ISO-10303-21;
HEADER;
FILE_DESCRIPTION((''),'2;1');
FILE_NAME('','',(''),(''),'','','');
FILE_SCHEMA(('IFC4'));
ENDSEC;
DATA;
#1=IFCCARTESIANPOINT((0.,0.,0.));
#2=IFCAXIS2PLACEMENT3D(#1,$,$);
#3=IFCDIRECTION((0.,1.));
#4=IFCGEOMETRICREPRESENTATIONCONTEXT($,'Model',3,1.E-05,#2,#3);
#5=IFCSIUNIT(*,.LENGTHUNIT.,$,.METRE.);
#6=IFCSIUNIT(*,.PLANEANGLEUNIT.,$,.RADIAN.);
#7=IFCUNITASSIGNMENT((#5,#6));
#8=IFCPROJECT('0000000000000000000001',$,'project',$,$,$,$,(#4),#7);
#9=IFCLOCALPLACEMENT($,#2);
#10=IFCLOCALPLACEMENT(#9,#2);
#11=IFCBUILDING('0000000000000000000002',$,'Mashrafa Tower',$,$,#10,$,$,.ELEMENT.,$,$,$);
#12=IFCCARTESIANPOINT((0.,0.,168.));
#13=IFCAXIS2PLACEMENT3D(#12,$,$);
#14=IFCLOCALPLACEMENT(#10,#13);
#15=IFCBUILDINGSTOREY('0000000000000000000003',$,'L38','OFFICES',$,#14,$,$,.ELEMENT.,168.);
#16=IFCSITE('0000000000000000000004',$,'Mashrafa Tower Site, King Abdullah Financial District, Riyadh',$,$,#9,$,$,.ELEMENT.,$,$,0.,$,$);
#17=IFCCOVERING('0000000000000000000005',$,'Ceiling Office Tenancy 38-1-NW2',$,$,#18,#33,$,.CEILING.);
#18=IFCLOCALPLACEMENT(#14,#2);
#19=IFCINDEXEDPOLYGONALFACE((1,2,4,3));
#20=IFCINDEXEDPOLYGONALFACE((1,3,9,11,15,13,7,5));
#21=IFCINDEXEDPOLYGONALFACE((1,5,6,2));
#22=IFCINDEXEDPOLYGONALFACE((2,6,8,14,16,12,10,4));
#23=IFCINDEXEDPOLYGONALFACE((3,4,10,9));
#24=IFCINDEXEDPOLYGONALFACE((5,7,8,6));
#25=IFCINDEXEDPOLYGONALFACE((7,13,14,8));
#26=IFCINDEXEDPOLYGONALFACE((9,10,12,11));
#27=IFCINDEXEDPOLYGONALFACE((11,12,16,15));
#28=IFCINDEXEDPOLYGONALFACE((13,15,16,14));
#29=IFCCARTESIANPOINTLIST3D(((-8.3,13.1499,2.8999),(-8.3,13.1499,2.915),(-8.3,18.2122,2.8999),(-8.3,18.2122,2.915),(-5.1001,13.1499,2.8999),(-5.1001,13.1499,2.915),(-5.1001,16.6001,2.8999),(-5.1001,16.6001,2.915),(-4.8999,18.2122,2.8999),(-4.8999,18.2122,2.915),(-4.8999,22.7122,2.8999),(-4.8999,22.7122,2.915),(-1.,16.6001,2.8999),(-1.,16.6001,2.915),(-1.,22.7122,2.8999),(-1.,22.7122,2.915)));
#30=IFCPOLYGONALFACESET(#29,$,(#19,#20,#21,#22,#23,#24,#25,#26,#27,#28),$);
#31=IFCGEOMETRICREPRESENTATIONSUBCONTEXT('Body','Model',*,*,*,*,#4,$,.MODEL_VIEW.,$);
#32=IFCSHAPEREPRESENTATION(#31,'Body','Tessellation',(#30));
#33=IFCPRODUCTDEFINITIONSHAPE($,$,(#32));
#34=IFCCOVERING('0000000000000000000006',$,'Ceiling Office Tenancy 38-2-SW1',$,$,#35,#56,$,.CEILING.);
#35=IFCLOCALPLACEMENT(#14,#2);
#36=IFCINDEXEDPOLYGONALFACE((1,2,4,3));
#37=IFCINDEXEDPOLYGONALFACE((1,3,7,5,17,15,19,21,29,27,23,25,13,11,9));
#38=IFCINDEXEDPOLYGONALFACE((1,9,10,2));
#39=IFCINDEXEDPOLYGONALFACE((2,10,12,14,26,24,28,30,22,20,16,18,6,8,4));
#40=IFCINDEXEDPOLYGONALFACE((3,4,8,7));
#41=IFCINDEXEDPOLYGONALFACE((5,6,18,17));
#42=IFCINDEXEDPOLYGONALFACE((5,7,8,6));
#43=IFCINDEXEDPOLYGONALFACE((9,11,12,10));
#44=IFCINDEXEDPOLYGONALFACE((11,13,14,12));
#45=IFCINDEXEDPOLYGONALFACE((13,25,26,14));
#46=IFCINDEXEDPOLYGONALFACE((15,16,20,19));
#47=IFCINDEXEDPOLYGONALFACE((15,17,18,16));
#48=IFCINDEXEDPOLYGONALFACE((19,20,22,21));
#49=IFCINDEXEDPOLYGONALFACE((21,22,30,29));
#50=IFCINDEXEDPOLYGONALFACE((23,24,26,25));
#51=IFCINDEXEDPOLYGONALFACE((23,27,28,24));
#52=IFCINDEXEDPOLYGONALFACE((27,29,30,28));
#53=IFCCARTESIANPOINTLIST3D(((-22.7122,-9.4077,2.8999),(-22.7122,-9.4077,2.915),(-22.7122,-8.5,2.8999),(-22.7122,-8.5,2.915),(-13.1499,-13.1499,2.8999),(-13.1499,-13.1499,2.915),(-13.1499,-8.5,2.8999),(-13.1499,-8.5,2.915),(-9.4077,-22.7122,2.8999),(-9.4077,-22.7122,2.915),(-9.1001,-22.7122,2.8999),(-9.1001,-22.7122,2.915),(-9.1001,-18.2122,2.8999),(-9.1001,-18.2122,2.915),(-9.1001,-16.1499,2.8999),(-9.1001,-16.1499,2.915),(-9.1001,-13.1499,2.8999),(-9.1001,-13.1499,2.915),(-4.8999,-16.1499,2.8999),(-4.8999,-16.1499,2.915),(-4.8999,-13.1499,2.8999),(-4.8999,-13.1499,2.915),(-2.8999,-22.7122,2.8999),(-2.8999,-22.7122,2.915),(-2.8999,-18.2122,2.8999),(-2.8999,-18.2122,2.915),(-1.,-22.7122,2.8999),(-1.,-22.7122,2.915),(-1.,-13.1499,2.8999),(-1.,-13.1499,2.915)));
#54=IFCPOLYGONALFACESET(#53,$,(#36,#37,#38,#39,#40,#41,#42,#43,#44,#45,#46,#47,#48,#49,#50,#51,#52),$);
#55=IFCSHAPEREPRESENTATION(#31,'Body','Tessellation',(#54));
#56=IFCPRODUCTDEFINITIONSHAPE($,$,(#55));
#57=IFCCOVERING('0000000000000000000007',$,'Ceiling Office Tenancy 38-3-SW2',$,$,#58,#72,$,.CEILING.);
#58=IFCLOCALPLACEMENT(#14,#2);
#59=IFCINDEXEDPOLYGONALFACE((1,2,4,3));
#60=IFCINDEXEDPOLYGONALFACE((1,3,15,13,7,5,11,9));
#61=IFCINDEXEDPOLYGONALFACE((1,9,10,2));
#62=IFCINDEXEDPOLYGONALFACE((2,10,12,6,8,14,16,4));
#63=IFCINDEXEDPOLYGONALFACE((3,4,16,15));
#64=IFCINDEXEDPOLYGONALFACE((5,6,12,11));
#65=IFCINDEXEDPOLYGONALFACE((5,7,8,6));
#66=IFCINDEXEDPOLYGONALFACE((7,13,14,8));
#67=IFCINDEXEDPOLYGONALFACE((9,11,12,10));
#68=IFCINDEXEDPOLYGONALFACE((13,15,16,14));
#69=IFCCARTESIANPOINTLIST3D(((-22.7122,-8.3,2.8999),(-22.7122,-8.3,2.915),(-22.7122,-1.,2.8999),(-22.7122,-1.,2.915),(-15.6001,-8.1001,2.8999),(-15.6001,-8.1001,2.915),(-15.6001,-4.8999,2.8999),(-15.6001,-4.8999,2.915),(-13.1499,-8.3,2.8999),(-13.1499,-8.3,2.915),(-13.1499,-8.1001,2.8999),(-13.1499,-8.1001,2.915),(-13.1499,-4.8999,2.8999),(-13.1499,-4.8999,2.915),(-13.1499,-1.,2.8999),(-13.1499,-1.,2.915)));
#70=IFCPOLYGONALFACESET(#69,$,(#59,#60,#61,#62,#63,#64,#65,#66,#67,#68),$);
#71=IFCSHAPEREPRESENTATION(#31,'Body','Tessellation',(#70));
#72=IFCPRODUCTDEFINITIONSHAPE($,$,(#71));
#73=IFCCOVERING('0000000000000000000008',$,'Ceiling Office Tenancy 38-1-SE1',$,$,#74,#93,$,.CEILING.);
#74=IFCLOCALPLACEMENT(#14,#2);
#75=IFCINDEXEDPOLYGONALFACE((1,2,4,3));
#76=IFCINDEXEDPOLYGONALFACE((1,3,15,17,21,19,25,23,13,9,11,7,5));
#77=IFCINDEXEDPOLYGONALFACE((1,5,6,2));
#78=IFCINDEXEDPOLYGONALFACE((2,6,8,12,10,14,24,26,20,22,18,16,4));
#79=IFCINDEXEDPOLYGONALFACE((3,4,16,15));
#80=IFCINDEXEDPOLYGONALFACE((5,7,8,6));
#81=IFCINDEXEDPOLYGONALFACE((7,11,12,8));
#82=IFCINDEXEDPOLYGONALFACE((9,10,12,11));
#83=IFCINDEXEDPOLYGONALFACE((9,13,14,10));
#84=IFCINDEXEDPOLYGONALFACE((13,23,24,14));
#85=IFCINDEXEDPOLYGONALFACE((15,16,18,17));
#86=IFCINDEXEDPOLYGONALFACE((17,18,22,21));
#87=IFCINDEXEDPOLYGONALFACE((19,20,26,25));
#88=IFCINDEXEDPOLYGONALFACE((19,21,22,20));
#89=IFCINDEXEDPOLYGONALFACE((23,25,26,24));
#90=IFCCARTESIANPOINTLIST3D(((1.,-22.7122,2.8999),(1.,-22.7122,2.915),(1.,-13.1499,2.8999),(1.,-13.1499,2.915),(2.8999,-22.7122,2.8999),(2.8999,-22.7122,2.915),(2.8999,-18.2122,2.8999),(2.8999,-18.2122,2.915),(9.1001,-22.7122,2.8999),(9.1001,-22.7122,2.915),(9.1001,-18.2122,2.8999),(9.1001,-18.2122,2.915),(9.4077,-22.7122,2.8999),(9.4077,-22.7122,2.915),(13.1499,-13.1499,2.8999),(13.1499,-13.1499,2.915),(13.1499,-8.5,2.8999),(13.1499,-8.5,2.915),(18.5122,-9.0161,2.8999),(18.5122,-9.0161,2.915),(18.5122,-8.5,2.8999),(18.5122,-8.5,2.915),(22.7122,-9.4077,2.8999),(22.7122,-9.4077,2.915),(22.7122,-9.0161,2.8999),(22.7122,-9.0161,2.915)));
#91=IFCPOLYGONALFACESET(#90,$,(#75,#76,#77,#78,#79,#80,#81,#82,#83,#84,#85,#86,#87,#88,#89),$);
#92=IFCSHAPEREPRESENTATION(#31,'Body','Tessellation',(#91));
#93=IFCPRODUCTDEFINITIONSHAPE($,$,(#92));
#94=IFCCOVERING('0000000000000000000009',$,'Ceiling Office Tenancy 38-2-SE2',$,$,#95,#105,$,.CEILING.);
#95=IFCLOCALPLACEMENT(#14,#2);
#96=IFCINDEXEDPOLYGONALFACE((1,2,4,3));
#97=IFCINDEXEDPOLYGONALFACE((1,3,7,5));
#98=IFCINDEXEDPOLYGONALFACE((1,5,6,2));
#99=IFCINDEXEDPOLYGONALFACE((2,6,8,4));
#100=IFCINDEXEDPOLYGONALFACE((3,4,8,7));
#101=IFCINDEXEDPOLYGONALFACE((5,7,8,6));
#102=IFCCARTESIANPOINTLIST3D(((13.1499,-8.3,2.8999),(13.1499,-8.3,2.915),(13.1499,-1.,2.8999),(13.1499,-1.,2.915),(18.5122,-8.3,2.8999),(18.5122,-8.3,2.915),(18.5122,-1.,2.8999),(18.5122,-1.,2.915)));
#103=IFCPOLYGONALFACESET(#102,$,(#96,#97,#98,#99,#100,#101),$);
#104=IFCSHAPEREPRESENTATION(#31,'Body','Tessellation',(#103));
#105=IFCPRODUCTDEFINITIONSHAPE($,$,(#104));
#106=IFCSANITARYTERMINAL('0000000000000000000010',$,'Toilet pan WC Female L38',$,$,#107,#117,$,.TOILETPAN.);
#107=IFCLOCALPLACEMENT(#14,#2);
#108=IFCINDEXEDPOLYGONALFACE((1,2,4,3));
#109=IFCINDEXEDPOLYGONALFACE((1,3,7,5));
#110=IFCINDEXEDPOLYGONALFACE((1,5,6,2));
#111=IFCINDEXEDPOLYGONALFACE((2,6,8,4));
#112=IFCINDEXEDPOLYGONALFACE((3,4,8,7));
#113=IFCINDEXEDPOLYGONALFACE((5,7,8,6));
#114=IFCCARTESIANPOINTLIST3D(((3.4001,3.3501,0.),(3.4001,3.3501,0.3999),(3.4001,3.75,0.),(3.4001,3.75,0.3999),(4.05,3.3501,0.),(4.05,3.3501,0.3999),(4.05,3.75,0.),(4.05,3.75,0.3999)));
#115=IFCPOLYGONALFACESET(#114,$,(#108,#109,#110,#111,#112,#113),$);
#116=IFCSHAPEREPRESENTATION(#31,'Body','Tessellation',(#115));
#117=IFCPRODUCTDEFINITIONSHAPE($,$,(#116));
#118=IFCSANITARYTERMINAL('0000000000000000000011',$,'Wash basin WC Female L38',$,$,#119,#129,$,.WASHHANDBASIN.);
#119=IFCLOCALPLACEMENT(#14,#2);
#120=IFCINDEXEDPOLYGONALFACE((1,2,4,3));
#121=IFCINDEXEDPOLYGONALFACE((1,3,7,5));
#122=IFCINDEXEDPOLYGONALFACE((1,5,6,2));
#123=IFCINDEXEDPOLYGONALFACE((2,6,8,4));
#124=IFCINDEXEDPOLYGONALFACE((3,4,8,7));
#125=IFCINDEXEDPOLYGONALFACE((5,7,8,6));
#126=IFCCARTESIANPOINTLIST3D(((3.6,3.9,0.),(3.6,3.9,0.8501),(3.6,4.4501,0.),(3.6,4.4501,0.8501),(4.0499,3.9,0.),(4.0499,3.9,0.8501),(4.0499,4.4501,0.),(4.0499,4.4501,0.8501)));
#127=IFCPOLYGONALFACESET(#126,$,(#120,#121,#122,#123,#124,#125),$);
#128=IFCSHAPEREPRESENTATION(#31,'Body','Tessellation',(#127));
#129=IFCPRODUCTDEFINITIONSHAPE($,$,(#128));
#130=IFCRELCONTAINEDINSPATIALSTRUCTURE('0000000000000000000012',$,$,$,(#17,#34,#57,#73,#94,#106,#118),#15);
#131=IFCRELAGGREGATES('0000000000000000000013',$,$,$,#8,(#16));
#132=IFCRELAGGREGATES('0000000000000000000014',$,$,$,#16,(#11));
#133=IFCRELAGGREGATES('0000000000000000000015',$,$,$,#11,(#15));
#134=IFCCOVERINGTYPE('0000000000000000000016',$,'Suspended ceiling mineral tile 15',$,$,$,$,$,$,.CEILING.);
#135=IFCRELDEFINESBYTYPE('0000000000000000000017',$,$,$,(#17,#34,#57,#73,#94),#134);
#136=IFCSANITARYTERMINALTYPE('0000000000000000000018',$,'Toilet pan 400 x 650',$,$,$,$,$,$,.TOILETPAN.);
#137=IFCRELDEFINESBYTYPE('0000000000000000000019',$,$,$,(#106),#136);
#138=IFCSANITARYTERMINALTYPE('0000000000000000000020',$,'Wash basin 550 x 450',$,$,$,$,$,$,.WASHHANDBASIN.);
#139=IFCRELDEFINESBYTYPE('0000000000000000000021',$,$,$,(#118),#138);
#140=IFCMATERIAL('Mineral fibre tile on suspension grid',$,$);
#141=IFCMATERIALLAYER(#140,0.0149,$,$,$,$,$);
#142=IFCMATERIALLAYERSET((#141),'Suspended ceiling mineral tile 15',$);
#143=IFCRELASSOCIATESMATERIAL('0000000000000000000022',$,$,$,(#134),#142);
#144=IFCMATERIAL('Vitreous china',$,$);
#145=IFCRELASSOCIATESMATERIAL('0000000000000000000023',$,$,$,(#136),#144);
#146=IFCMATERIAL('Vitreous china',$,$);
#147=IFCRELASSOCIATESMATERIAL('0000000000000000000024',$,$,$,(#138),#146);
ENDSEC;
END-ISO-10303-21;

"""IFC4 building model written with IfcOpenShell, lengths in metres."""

from ifc_helpers import new_model, si_unit, direction, frame, origin, origin_2d, place, context, subcontext, project, spatial, polyline, rectangle, outline, extrude, material, layer, layer_set, type_object, element, save


model = new_model("IFC4")

# Units and contexts
model_context = context("Model", 3, precision=1e-05, world=origin(), true_north=direction((0.0, 1.0)))
body_context = subcontext(model_context, "Body", "Model", "MODEL_VIEW")
ifc_project = project(units=[si_unit("LENGTHUNIT", "METRE"), si_unit("PLANEANGLEUNIT", "RADIAN")], contexts=[model_context])

# Site, building, storey
site_placement = place(None, origin())
site = spatial("IfcSite", under=ifc_project, at=site_placement, Name="Mashrafa Tower Site, King Abdullah Financial District, Riyadh", CompositionType="ELEMENT", RefElevation=0.0)
building_placement = place(site_placement, origin())
building = spatial("IfcBuilding", under=site, at=building_placement, Name="Mashrafa Tower", CompositionType="ELEMENT")
storey_placement = place(building_placement, frame((0.0, 0.0, 168.0)))
storey = spatial("IfcBuildingStorey", under=building, at=storey_placement, Name="L38", Description="OFFICES", CompositionType="ELEMENT", Elevation=168.0)

# Coverings
ifc_material_1 = material(Name="Mineral fibre tile on suspension grid")
ifc_layer_1 = layer(ifc_material_1, 0.0149)
ifc_layer_set_1 = layer_set([ifc_layer_1], Name="Suspended ceiling mineral tile 15")
covering_type = type_object("IfcCoveringType", Name="Suspended ceiling mineral tile 15", PredefinedType="CEILING", material=ifc_layer_set_1)
covering_1_placement = place(storey_placement, frame((0.0, 0.0, 2.8999)))
element("IfcCovering", 1, at=covering_1_placement, inside=storey, type_object=covering_type, Name="Ceiling Office Tenancy 38-1-NW2", PredefinedType="CEILING", context=body_context, shape_type="SweptSolid", body=[
    extrude(outline(polyline([(-8.3, 13.1499), (-8.3, 18.2122), (-4.8999, 18.2122), (-4.8999, 22.7122), (-1.0, 22.7122), (-1.0, 16.6001), (-5.1001, 16.6001), (-5.1001, 13.1499), (-8.3, 13.1499)])), origin(), (0.0, 0.0, 1.0), 0.0151),
])
covering_2_placement = place(storey_placement, frame((0.0, 0.0, 2.8999)))
element("IfcCovering", 2, at=covering_2_placement, inside=storey, type_object=covering_type, Name="Ceiling Office Tenancy 38-2-SW1", PredefinedType="CEILING", context=body_context, shape_type="SweptSolid", body=[
    extrude(outline(polyline([(-1.0, -22.7122), (-2.8999, -22.7122), (-2.8999, -18.2122), (-9.1001, -18.2122), (-9.1001, -22.7122), (-9.4077, -22.7122), (-22.7122, -9.4077), (-22.7122, -8.5), (-13.1499, -8.5), (-13.1499, -13.1499), (-9.1001, -13.1499), (-9.1001, -16.1499), (-4.8999, -16.1499), (-4.8999, -13.1499), (-1.0, -13.1499), (-1.0, -22.7122)])), origin(), (0.0, 0.0, 1.0), 0.0151),
])
covering_3_placement = place(storey_placement, frame((0.0, 0.0, 2.8999)))
element("IfcCovering", 3, at=covering_3_placement, inside=storey, type_object=covering_type, Name="Ceiling Office Tenancy 38-3-SW2", PredefinedType="CEILING", context=body_context, shape_type="SweptSolid", body=[
    extrude(outline(polyline([(-13.1499, -8.3), (-22.7122, -8.3), (-22.7122, -1.0), (-13.1499, -1.0), (-13.1499, -4.8999), (-15.6001, -4.8999), (-15.6001, -8.1001), (-13.1499, -8.1001), (-13.1499, -8.3)])), origin(), (0.0, 0.0, 1.0), 0.0151),
])
covering_4_placement = place(storey_placement, frame((0.0, 0.0, 2.8999)))
element("IfcCovering", 4, at=covering_4_placement, inside=storey, type_object=covering_type, Name="Ceiling Office Tenancy 38-1-SE1", PredefinedType="CEILING", context=body_context, shape_type="SweptSolid", body=[
    extrude(outline(polyline([(13.1499, -8.5), (18.5122, -8.5), (18.5122, -9.0161), (22.7122, -9.0161), (22.7122, -9.4077), (9.4077, -22.7122), (9.1001, -22.7122), (9.1001, -18.2122), (2.8999, -18.2122), (2.8999, -22.7122), (1.0, -22.7122), (1.0, -13.1499), (13.1499, -13.1499), (13.1499, -8.5)])), origin(), (0.0, 0.0, 1.0), 0.0151),
])
covering_5_placement = place(storey_placement, frame((0.0, 0.0, 2.8999)))
element("IfcCovering", 5, at=covering_5_placement, inside=storey, type_object=covering_type, Name="Ceiling Office Tenancy 38-2-SE2", PredefinedType="CEILING", context=body_context, shape_type="SweptSolid", body=[
    extrude(outline(polyline([(18.5122, -8.3), (13.1499, -8.3), (13.1499, -1.0), (18.5122, -1.0), (18.5122, -8.3)])), origin(), (0.0, 0.0, 1.0), 0.0151),
])

# Sanitary terminals
ifc_material_2 = material(Name="Vitreous china")
sanitary_terminal_type_1 = type_object("IfcSanitaryTerminalType", Name="Toilet pan 400 x 650", PredefinedType="TOILETPAN", material=ifc_material_2)
sanitary_terminal_1_placement = place(storey_placement, frame((3.7251, 3.55, 0.0), z_axis=(0.0, 0.0, 1.0), x_axis=(0.0, 1.0, 0.0)))
element("IfcSanitaryTerminal", 6, at=sanitary_terminal_1_placement, inside=storey, type_object=sanitary_terminal_type_1, Name="Toilet pan WC Female L38", PredefinedType="TOILETPAN", context=body_context, shape_type="SweptSolid", body=[
    extrude(rectangle(XDim=0.3999, YDim=0.6499, at=origin_2d()), origin(), (0.0, 0.0, 1.0), 0.3999),
])
ifc_material_3 = material(Name="Vitreous china")
sanitary_terminal_type_2 = type_object("IfcSanitaryTerminalType", Name="Wash basin 550 x 450", PredefinedType="WASHHANDBASIN", material=ifc_material_3)
sanitary_terminal_2_placement = place(storey_placement, frame((3.825, 4.175, 0.0), z_axis=(0.0, 0.0, 1.0), x_axis=(0.0, 1.0, 0.0)))
element("IfcSanitaryTerminal", 7, at=sanitary_terminal_2_placement, inside=storey, type_object=sanitary_terminal_type_2, Name="Wash basin WC Female L38", PredefinedType="WASHHANDBASIN", context=body_context, shape_type="SweptSolid", body=[
    extrude(rectangle(XDim=0.55, YDim=0.45, at=origin_2d()), origin(), (0.0, 0.0, 1.0), 0.8501),
])

save(model, "model.ifc")
